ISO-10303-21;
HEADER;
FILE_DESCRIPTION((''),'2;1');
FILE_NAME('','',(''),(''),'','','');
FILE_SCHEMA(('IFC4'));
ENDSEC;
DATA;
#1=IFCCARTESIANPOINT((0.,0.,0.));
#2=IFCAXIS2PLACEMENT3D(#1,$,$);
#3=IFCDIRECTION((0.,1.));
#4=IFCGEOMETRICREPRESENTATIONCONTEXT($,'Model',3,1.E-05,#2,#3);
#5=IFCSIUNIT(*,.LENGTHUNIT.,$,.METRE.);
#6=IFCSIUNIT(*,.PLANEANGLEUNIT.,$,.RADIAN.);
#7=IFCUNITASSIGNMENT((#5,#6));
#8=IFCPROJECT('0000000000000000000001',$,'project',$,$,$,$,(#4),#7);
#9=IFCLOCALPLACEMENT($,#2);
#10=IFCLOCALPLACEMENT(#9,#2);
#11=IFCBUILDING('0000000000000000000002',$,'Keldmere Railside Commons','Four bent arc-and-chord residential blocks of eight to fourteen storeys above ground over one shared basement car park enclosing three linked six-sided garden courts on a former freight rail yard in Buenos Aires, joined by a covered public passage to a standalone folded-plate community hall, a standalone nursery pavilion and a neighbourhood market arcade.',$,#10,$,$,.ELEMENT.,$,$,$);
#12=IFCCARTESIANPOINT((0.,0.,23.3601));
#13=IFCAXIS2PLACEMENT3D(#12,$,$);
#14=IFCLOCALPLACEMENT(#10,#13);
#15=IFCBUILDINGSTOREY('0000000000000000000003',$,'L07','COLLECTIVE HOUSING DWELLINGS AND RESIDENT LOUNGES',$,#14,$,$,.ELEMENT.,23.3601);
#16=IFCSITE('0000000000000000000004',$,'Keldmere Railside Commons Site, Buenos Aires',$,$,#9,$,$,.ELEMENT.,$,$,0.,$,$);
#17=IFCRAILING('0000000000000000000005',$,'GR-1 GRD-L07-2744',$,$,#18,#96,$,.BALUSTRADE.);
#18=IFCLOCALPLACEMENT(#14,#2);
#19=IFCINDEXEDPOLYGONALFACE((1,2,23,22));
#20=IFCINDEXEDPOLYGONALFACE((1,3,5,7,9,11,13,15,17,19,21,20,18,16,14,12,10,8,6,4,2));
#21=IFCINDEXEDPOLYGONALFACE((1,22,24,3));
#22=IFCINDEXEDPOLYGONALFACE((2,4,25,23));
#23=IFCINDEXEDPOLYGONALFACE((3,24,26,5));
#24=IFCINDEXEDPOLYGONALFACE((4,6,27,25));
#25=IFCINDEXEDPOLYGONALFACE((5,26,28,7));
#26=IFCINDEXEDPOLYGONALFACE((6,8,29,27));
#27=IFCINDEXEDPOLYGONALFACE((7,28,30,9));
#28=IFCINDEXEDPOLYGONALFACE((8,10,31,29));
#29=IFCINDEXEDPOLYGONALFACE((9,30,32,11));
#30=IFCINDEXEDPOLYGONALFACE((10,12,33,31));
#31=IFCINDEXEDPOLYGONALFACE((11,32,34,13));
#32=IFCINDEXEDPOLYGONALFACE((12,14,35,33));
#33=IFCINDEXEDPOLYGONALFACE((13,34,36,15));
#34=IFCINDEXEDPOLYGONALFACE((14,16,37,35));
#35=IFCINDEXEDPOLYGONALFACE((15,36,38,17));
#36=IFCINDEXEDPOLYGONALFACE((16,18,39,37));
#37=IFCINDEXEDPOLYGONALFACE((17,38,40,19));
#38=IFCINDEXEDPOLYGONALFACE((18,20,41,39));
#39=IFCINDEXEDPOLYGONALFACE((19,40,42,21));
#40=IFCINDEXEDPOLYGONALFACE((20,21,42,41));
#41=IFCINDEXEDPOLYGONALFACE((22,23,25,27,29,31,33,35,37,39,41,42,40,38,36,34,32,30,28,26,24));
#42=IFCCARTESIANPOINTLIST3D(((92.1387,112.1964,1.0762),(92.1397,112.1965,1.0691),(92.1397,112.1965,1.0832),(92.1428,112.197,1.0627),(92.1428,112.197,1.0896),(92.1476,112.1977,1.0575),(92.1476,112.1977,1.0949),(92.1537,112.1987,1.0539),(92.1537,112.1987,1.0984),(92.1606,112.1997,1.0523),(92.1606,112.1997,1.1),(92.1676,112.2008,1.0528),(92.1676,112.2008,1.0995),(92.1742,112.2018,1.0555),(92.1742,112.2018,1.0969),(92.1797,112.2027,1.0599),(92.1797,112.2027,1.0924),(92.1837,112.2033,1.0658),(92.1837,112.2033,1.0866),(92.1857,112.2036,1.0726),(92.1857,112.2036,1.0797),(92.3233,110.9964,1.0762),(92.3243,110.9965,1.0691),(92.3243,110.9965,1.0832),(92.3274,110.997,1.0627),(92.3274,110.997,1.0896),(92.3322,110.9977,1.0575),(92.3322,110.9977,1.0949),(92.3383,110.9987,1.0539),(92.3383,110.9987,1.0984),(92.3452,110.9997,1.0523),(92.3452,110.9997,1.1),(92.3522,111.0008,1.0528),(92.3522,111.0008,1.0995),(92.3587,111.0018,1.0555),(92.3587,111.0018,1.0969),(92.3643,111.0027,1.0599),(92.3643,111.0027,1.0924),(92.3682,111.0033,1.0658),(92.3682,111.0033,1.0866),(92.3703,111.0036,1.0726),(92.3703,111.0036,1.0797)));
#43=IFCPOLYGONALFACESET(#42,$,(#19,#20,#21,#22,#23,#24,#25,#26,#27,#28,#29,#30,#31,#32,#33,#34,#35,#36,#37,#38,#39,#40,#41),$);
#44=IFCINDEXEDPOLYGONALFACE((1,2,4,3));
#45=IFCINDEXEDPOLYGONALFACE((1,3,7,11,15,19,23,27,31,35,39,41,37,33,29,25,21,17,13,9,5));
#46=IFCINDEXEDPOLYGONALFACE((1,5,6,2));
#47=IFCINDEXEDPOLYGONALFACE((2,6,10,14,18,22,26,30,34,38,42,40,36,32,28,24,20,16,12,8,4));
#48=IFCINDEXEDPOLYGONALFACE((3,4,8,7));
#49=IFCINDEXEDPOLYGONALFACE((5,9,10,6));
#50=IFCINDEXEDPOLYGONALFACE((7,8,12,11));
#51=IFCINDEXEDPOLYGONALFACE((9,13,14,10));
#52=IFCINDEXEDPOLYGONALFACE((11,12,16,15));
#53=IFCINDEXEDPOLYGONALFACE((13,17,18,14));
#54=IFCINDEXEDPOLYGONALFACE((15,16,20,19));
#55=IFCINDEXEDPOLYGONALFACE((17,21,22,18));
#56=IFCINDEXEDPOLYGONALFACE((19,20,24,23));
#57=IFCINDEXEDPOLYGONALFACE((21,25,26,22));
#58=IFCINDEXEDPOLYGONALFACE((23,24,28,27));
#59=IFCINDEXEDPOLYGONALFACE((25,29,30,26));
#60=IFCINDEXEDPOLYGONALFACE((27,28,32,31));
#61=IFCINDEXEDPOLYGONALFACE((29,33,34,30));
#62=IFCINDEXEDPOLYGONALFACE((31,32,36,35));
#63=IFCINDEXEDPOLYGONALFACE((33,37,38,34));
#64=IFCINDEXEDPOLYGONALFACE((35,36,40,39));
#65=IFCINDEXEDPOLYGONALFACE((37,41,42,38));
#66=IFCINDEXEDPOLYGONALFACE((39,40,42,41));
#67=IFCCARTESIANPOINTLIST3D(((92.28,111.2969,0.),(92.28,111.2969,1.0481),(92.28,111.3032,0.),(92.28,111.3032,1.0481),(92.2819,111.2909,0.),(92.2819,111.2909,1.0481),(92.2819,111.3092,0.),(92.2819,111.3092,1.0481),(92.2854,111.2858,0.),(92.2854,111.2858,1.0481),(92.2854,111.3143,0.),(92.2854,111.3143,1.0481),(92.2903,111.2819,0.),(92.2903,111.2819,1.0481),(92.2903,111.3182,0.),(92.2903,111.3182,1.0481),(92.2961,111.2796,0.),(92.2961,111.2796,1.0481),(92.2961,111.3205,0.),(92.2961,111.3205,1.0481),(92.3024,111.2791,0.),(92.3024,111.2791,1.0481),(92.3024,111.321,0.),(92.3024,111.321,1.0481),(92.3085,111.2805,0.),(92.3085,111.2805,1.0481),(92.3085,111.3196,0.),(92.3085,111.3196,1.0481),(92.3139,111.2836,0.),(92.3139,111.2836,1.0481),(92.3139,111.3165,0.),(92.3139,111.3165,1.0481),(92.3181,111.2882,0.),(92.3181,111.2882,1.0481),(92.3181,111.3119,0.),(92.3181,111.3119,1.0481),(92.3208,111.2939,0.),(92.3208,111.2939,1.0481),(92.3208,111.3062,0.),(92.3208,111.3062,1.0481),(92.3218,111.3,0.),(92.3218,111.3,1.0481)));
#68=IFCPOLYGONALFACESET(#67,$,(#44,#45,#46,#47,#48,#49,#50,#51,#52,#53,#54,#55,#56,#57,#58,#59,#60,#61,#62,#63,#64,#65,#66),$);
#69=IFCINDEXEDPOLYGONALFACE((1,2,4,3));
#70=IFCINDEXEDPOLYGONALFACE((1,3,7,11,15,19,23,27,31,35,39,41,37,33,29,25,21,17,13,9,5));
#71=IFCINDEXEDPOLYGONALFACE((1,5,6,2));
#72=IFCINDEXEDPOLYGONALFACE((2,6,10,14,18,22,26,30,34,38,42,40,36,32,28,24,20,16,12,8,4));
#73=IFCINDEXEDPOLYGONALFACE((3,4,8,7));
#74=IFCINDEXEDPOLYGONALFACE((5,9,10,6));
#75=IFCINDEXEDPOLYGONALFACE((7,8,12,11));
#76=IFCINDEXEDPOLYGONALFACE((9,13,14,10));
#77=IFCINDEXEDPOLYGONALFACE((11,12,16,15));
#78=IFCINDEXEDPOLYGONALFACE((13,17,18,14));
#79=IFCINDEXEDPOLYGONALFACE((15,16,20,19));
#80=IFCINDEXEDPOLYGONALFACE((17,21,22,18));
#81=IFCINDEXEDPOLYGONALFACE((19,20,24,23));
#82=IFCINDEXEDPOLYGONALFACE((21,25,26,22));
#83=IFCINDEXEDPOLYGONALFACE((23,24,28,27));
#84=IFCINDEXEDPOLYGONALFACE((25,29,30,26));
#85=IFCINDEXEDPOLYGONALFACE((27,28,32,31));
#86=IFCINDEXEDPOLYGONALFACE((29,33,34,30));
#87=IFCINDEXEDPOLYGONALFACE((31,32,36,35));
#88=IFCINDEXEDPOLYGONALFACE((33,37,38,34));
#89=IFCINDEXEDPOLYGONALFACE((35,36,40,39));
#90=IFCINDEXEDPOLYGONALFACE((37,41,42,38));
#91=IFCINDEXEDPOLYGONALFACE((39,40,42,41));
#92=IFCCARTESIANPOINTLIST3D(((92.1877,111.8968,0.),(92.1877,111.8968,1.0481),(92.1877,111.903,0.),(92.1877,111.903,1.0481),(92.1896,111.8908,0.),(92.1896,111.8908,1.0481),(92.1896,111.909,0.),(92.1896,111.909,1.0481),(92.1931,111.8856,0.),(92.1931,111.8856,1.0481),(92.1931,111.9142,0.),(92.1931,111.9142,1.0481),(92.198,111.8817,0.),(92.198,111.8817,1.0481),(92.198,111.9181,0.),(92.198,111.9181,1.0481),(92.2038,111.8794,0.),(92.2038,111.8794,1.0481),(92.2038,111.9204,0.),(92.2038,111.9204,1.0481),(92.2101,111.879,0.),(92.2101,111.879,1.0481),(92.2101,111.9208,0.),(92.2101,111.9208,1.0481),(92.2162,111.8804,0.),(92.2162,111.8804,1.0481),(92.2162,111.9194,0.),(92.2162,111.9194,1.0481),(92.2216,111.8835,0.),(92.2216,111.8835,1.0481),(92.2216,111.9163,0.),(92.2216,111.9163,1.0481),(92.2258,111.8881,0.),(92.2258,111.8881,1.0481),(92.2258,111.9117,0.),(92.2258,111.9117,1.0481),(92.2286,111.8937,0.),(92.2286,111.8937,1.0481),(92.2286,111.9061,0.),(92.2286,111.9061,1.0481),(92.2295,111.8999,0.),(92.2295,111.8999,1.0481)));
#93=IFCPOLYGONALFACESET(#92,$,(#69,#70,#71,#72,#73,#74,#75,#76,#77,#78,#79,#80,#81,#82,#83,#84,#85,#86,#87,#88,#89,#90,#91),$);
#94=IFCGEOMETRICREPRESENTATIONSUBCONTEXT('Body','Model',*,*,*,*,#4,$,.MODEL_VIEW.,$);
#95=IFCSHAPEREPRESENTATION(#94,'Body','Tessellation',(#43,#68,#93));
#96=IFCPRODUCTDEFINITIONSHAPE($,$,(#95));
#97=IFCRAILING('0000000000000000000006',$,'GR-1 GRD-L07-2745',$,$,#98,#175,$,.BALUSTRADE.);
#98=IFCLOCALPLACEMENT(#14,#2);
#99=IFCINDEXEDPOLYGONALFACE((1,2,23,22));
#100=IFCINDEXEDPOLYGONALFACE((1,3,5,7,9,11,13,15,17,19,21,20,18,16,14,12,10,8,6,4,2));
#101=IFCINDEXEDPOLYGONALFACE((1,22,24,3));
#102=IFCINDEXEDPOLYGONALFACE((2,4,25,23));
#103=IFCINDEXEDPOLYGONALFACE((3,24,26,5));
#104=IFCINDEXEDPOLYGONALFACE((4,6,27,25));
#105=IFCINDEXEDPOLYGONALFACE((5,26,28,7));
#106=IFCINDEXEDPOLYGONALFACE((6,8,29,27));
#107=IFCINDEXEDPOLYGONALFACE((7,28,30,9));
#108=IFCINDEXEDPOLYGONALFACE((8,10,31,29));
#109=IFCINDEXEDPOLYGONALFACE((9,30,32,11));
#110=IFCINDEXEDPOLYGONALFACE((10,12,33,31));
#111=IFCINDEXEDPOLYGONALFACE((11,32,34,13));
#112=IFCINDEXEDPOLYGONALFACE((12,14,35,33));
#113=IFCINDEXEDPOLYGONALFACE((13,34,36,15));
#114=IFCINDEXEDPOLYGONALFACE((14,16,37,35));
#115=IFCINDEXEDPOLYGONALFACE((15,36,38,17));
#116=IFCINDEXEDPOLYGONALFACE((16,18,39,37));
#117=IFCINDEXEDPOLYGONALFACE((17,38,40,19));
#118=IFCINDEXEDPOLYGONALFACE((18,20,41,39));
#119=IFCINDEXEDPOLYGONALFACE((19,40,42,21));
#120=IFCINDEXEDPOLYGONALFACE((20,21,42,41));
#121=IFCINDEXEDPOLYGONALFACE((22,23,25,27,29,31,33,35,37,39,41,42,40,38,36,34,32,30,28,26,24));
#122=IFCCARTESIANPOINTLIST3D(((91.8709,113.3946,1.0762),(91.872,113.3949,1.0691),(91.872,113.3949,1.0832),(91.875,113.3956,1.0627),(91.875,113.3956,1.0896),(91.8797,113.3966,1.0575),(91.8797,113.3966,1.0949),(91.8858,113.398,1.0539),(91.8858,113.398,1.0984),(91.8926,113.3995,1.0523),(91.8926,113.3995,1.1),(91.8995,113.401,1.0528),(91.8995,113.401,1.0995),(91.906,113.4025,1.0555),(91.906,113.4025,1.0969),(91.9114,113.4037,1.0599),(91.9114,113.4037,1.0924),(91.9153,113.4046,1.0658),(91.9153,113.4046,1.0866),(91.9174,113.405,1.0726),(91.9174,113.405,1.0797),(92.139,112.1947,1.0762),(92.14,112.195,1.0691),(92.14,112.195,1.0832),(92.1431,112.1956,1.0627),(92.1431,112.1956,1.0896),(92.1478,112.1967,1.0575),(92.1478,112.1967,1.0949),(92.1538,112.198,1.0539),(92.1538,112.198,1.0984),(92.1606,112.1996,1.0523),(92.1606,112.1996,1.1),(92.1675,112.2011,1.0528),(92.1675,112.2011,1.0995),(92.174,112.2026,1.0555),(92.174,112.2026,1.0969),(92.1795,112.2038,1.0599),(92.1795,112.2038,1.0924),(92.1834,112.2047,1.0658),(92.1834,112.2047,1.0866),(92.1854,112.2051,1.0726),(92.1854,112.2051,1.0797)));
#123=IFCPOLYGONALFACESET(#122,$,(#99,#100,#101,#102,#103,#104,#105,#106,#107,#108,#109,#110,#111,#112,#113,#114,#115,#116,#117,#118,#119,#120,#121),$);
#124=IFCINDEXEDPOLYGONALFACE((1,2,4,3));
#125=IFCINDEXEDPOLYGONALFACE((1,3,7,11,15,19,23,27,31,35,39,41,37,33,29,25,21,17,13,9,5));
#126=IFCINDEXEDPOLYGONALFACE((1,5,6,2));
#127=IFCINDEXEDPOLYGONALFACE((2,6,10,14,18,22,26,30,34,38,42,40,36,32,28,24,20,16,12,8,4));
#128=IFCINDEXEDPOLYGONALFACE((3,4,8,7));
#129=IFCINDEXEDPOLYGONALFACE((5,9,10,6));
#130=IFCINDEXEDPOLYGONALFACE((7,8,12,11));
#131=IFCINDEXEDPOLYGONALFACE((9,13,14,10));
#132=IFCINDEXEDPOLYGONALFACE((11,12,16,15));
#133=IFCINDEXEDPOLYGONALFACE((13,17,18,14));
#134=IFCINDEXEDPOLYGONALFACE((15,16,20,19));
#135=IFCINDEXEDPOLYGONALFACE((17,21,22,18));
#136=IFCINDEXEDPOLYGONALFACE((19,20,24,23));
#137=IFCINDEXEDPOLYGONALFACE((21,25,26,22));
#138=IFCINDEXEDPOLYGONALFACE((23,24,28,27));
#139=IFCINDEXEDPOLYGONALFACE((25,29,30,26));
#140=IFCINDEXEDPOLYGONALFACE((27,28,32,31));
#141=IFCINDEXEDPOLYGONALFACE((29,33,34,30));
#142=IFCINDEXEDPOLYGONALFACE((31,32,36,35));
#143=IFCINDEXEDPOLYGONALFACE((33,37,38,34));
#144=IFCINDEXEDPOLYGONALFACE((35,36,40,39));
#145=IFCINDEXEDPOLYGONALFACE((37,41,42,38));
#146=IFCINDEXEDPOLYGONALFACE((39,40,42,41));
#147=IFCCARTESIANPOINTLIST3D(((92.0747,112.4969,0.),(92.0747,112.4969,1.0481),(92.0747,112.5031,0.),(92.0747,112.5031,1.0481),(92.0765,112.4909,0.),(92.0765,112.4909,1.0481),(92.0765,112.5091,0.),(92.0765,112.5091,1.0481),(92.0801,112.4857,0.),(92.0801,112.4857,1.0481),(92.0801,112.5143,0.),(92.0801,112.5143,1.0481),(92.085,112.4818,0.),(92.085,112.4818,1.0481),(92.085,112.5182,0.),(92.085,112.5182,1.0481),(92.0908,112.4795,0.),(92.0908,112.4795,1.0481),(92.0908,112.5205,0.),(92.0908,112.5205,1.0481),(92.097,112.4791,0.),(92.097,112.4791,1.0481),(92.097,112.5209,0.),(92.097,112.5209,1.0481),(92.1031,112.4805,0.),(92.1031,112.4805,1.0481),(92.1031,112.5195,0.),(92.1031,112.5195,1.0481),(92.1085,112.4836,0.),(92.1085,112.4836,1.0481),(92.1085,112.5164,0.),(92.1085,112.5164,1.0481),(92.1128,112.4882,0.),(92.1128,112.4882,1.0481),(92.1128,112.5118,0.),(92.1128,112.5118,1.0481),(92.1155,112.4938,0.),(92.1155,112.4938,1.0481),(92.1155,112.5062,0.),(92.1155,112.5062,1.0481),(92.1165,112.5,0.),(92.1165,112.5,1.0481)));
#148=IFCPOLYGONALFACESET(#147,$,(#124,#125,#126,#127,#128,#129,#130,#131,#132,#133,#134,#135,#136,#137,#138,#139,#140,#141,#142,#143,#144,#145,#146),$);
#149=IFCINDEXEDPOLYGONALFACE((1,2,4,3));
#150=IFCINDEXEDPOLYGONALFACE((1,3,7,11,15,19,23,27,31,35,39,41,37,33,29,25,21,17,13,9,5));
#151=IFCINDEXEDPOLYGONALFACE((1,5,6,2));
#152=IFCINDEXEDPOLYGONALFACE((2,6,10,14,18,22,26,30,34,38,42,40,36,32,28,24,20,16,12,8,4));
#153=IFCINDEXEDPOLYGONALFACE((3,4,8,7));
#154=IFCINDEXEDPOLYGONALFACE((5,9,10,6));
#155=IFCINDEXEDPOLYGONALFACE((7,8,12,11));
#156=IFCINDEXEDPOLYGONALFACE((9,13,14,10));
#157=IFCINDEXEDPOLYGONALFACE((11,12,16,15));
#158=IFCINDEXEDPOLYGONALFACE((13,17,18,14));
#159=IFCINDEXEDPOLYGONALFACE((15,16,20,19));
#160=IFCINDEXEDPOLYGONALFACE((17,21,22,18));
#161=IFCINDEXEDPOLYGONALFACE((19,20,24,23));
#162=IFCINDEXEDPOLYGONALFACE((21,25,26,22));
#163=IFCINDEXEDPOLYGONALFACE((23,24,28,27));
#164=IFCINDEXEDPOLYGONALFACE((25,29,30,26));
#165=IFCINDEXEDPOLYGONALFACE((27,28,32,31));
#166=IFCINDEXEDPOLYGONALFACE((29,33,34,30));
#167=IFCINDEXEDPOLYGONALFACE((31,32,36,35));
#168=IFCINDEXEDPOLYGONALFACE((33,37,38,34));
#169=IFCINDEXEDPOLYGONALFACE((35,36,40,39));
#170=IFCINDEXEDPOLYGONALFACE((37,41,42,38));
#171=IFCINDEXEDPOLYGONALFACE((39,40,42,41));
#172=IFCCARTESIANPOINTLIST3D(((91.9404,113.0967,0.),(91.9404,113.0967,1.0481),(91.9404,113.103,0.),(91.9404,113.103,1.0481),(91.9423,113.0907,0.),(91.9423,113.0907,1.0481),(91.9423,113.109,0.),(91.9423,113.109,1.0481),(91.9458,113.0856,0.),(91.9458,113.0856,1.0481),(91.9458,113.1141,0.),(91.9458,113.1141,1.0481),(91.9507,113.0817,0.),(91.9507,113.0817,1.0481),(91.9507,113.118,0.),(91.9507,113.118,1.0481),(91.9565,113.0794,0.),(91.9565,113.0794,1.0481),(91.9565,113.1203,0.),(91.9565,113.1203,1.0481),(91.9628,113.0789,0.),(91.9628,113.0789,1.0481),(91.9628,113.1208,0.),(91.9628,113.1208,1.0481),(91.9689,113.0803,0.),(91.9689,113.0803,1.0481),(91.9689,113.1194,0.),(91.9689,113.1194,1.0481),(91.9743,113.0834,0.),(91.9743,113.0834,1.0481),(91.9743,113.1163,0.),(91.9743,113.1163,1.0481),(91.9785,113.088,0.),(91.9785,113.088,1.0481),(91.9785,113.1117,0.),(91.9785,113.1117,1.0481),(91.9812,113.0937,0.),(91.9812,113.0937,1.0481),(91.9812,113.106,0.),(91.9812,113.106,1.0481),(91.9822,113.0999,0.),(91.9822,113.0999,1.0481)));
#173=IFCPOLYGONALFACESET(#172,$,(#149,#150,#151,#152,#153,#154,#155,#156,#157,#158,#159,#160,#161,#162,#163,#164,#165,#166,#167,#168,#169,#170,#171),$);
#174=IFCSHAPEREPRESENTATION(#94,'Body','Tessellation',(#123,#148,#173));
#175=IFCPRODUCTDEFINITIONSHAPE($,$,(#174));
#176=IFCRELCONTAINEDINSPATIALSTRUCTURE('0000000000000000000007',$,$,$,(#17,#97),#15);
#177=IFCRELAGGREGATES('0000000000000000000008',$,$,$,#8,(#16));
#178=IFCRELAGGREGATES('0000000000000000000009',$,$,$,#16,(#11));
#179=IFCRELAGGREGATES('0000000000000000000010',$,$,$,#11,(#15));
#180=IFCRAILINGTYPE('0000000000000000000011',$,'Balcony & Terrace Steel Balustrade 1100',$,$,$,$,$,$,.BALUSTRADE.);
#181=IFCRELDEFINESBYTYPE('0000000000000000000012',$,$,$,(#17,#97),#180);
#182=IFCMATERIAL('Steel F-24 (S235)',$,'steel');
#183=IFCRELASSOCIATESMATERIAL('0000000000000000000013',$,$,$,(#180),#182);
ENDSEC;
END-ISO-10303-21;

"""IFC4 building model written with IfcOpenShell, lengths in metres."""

from ifc_helpers import new_model, si_unit, direction, frame, origin, origin_2d, place, context, subcontext, project, spatial, circle, extrude, material, type_object, element, save


model = new_model("IFC4")

# Units and contexts
model_context = context("Model", 3, precision=1e-05, world=origin(), true_north=direction((0.0, 1.0)))
body_context = subcontext(model_context, "Body", "Model", "MODEL_VIEW")
ifc_project = project(units=[si_unit("LENGTHUNIT", "METRE"), si_unit("PLANEANGLEUNIT", "RADIAN")], contexts=[model_context])

# Site, building, storey
site_placement = place(None, origin())
site = spatial("IfcSite", under=ifc_project, at=site_placement, Name="Keldmere Railside Commons Site, Buenos Aires", CompositionType="ELEMENT", RefElevation=0.0)
building_placement = place(site_placement, origin())
building = spatial("IfcBuilding", under=site, at=building_placement, Name="Keldmere Railside Commons", Description="Four bent arc-and-chord residential blocks of eight to fourteen storeys above ground over one shared basement car park enclosing three linked six-sided garden courts on a former freight rail yard in Buenos Aires, joined by a covered public passage to a standalone folded-plate community hall, a standalone nursery pavilion and a neighbourhood market arcade.", CompositionType="ELEMENT")
storey_placement = place(building_placement, frame((0.0, 0.0, 23.3601)))
storey = spatial("IfcBuildingStorey", under=building, at=storey_placement, Name="L07", Description="COLLECTIVE HOUSING DWELLINGS AND RESIDENT LOUNGES", CompositionType="ELEMENT", Elevation=23.3601)

# Railings
ifc_material_1 = material(Name="Steel F-24 (S235)", Category="steel")
railing_type = type_object("IfcRailingType", Name="Balcony & Terrace Steel Balustrade 1100", PredefinedType="BALUSTRADE", material=ifc_material_1)
railing_1_placement = place(storey_placement, frame((92.3469, 111.0, 0.0)))
element("IfcRailing", 1, at=railing_1_placement, inside=storey, type_object=railing_type, Name="GR-1 GRD-L07-2744", PredefinedType="BALUSTRADE", context=body_context, shape_type="SweptSolid", body=[
    extrude(circle(Radius=0.0239, at=origin_2d()), frame((0.0, 0.0, 1.0762), z_axis=(-0.152027, 0.988376, 0.0), x_axis=(-0.988376, -0.152027, 0.0)), (0.0, 0.0, 1.0), 1.2141),
    extrude(circle(Radius=0.021, at=origin_2d()), frame((-0.0461, 0.3, 0.0)), (0.0, 0.0, 1.0), 1.0481),
    extrude(circle(Radius=0.021, at=origin_2d()), frame((-0.1384, 0.8999, 0.0)), (0.0, 0.0, 1.0), 1.0481),
])
railing_2_placement = place(storey_placement, frame((92.1624, 112.2, 0.0)))
element("IfcRailing", 2, at=railing_2_placement, inside=storey, type_object=railing_type, Name="GR-1 GRD-L07-2745", PredefinedType="BALUSTRADE", context=body_context, shape_type="SweptSolid", body=[
    extrude(circle(Radius=0.0239, at=origin_2d()), frame((0.0, 0.0, 1.0762), z_axis=(-0.218024, 0.975943, 0.0), x_axis=(-0.975943, -0.218024, 0.0)), (0.0, 0.0, 1.0), 1.2295),
    extrude(circle(Radius=0.021, at=origin_2d()), frame((-0.0669, 0.3, 0.0)), (0.0, 0.0, 1.0), 1.0481),
    extrude(circle(Radius=0.021, at=origin_2d()), frame((-0.2012, 0.8999, 0.0)), (0.0, 0.0, 1.0), 1.0481),
])

save(model, "model.ifc")
